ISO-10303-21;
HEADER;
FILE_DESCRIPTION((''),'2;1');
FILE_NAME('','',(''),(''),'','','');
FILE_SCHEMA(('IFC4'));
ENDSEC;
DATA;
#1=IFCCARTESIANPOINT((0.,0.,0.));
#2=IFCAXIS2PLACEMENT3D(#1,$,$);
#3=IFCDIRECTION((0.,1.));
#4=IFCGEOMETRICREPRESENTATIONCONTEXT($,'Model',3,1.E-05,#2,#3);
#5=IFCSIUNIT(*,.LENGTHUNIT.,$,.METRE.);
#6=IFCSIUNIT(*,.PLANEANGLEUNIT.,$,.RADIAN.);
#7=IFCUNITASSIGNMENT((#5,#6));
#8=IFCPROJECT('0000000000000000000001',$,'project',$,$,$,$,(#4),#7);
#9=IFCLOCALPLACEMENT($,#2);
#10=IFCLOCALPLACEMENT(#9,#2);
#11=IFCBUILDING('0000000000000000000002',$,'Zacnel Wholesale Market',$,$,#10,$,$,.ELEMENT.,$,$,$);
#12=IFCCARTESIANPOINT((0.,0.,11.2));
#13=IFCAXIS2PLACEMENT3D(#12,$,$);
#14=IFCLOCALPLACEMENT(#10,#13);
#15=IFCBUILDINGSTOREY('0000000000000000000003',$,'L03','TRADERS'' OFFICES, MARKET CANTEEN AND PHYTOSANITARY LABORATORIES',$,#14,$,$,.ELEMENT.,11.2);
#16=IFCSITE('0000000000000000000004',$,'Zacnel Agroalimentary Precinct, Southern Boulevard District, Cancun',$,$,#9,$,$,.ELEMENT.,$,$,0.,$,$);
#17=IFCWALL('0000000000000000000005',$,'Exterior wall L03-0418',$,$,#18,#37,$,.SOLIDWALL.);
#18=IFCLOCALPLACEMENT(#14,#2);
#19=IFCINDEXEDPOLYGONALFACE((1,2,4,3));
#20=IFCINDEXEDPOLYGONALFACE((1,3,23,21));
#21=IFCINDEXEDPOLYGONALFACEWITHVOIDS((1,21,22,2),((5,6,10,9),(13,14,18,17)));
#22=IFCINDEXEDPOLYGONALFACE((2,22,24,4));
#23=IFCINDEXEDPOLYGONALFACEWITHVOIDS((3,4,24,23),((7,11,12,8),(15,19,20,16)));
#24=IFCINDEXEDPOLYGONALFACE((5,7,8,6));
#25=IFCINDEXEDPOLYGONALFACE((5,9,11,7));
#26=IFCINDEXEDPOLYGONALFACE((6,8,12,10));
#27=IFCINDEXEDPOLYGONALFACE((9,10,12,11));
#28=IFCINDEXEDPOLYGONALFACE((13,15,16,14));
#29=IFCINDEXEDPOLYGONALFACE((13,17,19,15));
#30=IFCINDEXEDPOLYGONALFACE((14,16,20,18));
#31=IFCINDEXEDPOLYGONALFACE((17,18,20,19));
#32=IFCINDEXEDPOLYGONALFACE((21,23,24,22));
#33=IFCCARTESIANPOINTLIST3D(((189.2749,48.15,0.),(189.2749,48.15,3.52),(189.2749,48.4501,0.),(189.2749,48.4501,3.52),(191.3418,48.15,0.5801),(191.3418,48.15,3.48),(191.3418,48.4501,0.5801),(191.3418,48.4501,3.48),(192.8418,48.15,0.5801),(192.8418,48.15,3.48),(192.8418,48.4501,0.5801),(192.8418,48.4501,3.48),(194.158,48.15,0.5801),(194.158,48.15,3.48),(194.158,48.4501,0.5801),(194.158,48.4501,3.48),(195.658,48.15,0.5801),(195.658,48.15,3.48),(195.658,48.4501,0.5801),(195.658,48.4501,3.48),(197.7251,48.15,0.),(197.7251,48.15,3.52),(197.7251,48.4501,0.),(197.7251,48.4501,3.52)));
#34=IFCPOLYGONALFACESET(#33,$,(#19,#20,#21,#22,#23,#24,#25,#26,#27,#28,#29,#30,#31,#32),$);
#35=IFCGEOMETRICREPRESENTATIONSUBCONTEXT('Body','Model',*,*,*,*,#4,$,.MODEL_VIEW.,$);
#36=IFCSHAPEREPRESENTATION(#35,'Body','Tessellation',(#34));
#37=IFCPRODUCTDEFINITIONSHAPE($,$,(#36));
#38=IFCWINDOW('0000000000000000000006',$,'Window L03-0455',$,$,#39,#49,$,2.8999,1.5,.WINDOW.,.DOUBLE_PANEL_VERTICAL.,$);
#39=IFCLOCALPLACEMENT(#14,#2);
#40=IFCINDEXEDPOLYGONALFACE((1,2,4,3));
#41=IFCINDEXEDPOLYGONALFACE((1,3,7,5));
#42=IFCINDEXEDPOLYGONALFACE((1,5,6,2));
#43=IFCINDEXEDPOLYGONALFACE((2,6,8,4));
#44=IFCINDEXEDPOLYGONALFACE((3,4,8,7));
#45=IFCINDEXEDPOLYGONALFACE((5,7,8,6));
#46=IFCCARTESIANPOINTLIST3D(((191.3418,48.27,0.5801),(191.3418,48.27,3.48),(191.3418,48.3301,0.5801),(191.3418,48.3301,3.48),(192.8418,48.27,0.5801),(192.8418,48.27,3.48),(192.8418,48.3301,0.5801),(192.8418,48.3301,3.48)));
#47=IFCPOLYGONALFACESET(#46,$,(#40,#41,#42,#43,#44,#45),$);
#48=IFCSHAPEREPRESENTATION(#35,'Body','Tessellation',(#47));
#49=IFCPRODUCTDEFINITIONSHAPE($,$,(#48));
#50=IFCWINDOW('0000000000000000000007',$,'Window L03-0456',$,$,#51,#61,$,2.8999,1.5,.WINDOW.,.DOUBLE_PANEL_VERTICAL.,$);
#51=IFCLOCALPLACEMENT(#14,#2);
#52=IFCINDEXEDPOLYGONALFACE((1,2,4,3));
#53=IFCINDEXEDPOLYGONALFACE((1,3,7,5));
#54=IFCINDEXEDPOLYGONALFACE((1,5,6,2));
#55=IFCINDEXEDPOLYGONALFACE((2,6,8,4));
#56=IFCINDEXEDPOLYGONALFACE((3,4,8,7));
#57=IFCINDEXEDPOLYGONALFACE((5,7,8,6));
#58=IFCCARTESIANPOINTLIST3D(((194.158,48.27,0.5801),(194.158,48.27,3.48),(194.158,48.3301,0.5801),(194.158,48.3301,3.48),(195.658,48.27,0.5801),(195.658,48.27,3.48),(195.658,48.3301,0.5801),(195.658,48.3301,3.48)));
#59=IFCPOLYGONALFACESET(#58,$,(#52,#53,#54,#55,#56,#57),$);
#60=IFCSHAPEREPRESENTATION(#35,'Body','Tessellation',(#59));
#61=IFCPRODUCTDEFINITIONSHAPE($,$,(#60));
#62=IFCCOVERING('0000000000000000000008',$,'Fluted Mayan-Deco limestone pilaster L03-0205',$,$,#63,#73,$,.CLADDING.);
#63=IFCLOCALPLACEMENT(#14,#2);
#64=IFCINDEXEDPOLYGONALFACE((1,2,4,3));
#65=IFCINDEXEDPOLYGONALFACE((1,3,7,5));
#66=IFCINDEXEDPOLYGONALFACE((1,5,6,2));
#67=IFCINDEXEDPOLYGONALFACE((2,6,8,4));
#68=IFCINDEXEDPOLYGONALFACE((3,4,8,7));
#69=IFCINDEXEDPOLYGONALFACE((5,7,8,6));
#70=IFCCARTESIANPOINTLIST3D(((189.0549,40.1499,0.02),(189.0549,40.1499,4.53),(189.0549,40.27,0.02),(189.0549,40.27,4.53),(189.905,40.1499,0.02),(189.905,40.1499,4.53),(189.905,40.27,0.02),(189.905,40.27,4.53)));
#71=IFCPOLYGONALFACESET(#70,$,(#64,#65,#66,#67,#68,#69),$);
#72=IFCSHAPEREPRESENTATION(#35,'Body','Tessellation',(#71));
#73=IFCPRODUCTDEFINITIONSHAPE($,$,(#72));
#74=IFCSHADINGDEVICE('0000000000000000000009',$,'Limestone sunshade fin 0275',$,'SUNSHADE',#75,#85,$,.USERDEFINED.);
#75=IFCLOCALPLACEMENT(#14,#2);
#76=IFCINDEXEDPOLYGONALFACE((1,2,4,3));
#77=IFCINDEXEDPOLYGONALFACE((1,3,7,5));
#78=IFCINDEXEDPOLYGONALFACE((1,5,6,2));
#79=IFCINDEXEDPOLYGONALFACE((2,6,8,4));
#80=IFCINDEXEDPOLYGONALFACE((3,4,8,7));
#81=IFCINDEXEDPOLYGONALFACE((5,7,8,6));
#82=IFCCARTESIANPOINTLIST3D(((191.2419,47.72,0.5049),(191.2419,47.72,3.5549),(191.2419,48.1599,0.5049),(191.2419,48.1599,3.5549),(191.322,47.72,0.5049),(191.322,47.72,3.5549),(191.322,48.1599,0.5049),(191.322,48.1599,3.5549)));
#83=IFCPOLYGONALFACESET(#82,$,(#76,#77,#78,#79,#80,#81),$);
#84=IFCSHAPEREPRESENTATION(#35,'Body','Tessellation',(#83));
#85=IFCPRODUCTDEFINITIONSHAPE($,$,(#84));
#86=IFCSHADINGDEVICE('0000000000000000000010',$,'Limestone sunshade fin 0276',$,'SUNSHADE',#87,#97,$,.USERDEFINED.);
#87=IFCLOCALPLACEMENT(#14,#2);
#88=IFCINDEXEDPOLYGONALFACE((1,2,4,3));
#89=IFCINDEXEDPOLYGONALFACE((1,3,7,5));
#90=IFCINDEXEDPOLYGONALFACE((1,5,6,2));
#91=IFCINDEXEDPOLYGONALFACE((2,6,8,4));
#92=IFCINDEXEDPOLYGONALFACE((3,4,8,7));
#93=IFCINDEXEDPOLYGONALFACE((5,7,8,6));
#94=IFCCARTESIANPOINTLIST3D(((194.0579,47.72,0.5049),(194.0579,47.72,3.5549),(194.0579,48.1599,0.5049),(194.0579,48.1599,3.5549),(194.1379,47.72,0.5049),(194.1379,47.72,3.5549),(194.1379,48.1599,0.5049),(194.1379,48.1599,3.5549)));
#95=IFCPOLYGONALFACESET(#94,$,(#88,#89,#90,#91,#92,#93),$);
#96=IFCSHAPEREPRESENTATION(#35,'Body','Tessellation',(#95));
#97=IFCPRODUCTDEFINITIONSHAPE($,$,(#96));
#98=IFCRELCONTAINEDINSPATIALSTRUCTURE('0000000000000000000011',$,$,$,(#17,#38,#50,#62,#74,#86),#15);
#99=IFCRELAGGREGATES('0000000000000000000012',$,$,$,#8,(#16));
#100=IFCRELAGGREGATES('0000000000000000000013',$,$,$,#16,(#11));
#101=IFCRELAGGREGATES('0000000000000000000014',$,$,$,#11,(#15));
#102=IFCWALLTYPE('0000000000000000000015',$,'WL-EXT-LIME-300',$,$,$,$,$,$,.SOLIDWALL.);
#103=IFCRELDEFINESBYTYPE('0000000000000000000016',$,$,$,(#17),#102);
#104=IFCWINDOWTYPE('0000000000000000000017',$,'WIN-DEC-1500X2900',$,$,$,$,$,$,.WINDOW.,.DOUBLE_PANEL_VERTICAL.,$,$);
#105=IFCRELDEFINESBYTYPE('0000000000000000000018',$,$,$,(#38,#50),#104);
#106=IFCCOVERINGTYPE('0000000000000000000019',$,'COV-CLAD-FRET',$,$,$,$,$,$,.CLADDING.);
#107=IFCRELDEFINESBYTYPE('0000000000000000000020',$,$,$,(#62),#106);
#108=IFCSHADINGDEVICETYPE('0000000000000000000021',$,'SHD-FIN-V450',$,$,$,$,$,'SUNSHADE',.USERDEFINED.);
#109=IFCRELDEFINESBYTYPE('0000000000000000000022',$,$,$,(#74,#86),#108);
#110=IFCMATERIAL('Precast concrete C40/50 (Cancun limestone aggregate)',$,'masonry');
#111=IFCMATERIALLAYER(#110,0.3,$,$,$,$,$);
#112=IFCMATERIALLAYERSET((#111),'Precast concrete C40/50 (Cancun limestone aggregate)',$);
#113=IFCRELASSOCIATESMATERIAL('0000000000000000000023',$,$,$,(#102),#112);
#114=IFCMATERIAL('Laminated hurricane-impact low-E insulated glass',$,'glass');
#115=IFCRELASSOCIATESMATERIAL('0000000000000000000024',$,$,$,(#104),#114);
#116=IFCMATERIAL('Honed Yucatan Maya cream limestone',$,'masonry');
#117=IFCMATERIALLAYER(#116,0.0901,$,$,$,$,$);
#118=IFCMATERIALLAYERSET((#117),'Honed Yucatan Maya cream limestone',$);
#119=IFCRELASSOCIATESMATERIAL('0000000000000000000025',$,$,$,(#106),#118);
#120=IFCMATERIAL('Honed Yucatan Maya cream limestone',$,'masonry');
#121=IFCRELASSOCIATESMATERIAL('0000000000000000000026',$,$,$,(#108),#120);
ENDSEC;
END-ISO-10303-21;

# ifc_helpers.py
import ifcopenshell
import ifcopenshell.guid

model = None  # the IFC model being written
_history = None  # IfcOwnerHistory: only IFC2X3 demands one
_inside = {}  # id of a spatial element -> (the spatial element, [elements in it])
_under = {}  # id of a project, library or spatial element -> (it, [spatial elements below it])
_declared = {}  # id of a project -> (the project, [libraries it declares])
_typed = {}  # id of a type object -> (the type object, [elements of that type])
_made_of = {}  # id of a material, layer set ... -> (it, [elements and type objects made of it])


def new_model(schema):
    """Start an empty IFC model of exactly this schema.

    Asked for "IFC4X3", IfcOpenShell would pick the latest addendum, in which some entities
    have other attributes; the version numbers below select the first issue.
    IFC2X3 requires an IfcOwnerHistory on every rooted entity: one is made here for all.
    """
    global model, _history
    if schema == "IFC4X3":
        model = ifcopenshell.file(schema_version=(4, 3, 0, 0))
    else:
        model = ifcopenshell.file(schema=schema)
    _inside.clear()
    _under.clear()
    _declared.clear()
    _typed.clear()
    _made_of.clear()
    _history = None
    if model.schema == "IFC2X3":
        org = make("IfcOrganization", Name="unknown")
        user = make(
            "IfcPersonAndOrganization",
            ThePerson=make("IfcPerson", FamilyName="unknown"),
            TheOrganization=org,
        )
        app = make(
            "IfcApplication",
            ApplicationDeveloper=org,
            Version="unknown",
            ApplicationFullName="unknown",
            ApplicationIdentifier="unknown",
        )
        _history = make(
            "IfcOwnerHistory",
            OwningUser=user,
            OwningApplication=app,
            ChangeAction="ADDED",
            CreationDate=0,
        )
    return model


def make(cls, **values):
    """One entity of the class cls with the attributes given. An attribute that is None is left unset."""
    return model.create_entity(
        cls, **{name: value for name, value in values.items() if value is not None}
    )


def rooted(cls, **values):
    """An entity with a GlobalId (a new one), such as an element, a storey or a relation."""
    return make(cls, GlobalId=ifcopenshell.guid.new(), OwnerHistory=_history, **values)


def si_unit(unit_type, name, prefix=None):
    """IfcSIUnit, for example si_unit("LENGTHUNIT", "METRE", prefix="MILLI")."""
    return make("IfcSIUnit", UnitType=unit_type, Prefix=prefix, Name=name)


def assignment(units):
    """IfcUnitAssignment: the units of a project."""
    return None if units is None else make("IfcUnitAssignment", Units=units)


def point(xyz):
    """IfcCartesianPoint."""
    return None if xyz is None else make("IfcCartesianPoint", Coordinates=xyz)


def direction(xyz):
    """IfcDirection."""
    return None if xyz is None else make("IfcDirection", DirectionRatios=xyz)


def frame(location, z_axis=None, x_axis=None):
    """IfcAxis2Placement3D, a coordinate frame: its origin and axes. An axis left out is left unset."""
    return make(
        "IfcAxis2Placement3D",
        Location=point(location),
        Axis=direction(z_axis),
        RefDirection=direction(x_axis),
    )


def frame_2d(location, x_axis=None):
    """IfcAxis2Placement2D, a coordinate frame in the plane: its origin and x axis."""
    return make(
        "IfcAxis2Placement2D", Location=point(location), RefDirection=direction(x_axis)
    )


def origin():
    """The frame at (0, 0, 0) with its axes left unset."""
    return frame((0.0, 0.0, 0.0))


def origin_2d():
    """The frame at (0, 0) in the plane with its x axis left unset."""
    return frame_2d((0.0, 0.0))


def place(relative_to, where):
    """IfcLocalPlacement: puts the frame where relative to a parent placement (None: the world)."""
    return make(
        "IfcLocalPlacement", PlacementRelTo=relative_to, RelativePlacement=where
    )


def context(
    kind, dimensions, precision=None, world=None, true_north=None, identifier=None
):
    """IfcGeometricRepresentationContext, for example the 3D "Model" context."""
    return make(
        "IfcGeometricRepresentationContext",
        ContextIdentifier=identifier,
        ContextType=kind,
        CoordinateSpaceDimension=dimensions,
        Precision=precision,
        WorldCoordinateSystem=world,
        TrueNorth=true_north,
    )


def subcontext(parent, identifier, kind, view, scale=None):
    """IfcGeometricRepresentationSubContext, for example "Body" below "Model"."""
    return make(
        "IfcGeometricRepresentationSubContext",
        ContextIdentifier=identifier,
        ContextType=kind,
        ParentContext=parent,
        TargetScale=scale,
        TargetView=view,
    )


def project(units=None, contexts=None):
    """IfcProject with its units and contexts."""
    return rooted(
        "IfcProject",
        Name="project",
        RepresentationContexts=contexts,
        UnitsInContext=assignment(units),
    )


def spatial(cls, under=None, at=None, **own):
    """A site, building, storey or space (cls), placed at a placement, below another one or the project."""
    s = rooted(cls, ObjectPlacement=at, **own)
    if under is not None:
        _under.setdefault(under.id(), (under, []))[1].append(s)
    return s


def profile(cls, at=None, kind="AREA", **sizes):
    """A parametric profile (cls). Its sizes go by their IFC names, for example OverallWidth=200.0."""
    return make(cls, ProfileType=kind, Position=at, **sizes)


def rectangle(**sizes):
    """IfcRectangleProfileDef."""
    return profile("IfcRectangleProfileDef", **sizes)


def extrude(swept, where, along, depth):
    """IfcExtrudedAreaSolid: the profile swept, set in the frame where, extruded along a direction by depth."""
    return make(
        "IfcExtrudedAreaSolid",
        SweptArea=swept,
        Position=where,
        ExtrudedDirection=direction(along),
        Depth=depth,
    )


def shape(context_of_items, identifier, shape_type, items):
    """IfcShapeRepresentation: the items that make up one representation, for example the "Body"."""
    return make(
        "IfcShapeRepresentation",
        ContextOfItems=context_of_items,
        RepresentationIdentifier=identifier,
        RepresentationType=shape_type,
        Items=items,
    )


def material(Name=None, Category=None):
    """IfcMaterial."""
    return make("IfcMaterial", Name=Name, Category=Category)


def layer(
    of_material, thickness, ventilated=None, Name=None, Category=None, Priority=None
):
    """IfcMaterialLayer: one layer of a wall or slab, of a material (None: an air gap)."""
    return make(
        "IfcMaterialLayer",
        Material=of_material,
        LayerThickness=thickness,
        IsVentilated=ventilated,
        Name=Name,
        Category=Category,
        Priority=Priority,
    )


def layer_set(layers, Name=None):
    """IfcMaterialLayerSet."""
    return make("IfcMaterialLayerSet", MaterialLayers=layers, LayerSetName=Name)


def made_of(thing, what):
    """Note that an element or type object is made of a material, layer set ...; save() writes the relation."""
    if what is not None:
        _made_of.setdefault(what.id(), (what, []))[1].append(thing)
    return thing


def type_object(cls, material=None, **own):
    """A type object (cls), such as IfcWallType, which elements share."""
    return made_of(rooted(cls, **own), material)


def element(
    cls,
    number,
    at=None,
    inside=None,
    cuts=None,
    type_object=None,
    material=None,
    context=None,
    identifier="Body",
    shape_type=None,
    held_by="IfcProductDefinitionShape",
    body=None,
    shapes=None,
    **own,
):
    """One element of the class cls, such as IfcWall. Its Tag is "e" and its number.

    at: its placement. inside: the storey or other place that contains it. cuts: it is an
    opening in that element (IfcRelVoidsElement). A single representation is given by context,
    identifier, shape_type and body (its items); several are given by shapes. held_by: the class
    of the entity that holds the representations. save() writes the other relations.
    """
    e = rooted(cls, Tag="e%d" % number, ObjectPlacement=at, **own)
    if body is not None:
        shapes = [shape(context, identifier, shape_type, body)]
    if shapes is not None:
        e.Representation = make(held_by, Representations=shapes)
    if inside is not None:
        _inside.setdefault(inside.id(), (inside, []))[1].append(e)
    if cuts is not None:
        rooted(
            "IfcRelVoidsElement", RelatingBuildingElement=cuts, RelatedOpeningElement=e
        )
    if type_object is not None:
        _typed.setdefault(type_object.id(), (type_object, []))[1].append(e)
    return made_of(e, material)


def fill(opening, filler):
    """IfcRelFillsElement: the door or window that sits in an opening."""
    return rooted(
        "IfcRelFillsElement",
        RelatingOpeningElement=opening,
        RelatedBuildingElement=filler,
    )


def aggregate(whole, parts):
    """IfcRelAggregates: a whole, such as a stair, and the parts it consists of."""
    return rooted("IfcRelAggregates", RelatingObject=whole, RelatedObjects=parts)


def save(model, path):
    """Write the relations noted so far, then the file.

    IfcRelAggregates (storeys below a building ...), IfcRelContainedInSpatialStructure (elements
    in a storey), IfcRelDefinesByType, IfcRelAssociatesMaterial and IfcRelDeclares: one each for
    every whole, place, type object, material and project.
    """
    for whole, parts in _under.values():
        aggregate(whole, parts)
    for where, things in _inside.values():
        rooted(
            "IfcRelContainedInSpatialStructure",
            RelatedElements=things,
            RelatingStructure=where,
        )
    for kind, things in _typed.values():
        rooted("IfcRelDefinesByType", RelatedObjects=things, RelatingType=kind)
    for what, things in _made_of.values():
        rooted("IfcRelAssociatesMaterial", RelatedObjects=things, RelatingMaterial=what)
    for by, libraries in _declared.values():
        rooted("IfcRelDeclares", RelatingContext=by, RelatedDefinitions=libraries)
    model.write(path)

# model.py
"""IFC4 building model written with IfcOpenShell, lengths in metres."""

from ifc_helpers import new_model, si_unit, direction, frame, frame_2d, origin, origin_2d, place, context, subcontext, project, spatial, rectangle, extrude, material, layer, layer_set, type_object, element, fill, save


model = new_model("IFC4")

# Units and contexts
model_context = context("Model", 3, precision=1e-05, world=origin(), true_north=direction((0.0, 1.0)))
body_context = subcontext(model_context, "Body", "Model", "MODEL_VIEW")
ifc_project = project(units=[si_unit("LENGTHUNIT", "METRE"), si_unit("PLANEANGLEUNIT", "RADIAN")], contexts=[model_context])

# Site, building, storey
site_placement = place(None, origin())
site = spatial("IfcSite", under=ifc_project, at=site_placement, Name="Zacnel Agroalimentary Precinct, Southern Boulevard District, Cancun", CompositionType="ELEMENT", RefElevation=0.0)
building_placement = place(site_placement, origin())
building = spatial("IfcBuilding", under=site, at=building_placement, Name="Zacnel Wholesale Market", CompositionType="ELEMENT")
storey_placement = place(building_placement, frame((0.0, 0.0, 11.2)))
storey = spatial("IfcBuildingStorey", under=building, at=storey_placement, Name="L03", Description="TRADERS' OFFICES, MARKET CANTEEN AND PHYTOSANITARY LABORATORIES", CompositionType="ELEMENT", Elevation=11.2)

# Shared definitions
ifc_material_1 = material(Name="Precast concrete C40/50 (Cancun limestone aggregate)", Category="masonry")
ifc_layer_1 = layer(ifc_material_1, 0.3)
ifc_layer_set_1 = layer_set([ifc_layer_1], Name="Precast concrete C40/50 (Cancun limestone aggregate)")
wall_type = type_object("IfcWallType", Name="WL-EXT-LIME-300", PredefinedType="SOLIDWALL", material=ifc_layer_set_1)

# Wall, openings, windows
wall_1_placement = place(storey_placement, frame((189.2749, 48.3, 0.0), z_axis=(0.0, 0.0, 1.0), x_axis=(1.0, 0.0, 0.0)))
wall_1 = element("IfcWall", 1, at=wall_1_placement, inside=storey, type_object=wall_type, Name="Exterior wall L03-0418", PredefinedType="SOLIDWALL", context=body_context, shape_type="SweptSolid", body=[
    extrude(rectangle(XDim=8.4502, YDim=0.3, at=frame_2d((4.2251, 0.0))), origin(), (0.0, 0.0, 1.0), 3.52),
])
opening_1_placement = place(wall_1_placement, frame((2.0669, 0.0, 0.5801)))
opening_1 = element("IfcOpeningElement", 2, at=opening_1_placement, cuts=wall_1, PredefinedType="OPENING", context=body_context, shape_type="SweptSolid", body=[
    extrude(rectangle(XDim=1.5, YDim=2.8999, at=frame_2d((0.75, 1.45))), frame((0.0, 0.1599, 0.0), z_axis=(0.0, -1.0, 0.0), x_axis=(1.0, 0.0, 0.0)), (0.0, 0.0, 1.0), 0.3201),
])
opening_2_placement = place(wall_1_placement, frame((4.8831, 0.0, 0.5801)))
opening_2 = element("IfcOpeningElement", 3, at=opening_2_placement, cuts=wall_1, PredefinedType="OPENING", context=body_context, shape_type="SweptSolid", body=[
    extrude(rectangle(XDim=1.5, YDim=2.8999, at=frame_2d((0.75, 1.45))), frame((0.0, 0.1599, 0.0), z_axis=(0.0, -1.0, 0.0), x_axis=(1.0, 0.0, 0.0)), (0.0, 0.0, 1.0), 0.3201),
])
ifc_material_2 = material(Name="Laminated hurricane-impact low-E insulated glass", Category="glass")
window_type = type_object("IfcWindowType", Name="WIN-DEC-1500X2900", PartitioningType="DOUBLE_PANEL_VERTICAL", PredefinedType="WINDOW", material=ifc_material_2)
window_1_placement = place(opening_1_placement, origin())
window_1 = element("IfcWindow", 4, at=window_1_placement, inside=storey, type_object=window_type, Name="Window L03-0455", OverallHeight=2.8999, OverallWidth=1.5, PartitioningType="DOUBLE_PANEL_VERTICAL", PredefinedType="WINDOW", context=body_context, shape_type="SweptSolid", body=[
    extrude(rectangle(XDim=1.5, YDim=2.8999, at=frame_2d((0.75, 1.45))), frame((0.0, 0.03, 0.0), z_axis=(0.0, -1.0, 0.0), x_axis=(1.0, 0.0, 0.0)), (0.0, 0.0, 1.0), 0.0601),
])
fill(opening_1, window_1)
window_2_placement = place(opening_2_placement, origin())
window_2 = element("IfcWindow", 5, at=window_2_placement, inside=storey, type_object=window_type, Name="Window L03-0456", OverallHeight=2.8999, OverallWidth=1.5, PartitioningType="DOUBLE_PANEL_VERTICAL", PredefinedType="WINDOW", context=body_context, shape_type="SweptSolid", body=[
    extrude(rectangle(XDim=1.5, YDim=2.8999, at=frame_2d((0.75, 1.45))), frame((0.0, 0.03, 0.0), z_axis=(0.0, -1.0, 0.0), x_axis=(1.0, 0.0, 0.0)), (0.0, 0.0, 1.0), 0.0601),
])
fill(opening_2, window_2)

# Covering
ifc_material_3 = material(Name="Honed Yucatan Maya cream limestone", Category="masonry")
ifc_layer_2 = layer(ifc_material_3, 0.0901)
ifc_layer_set_2 = layer_set([ifc_layer_2], Name="Honed Yucatan Maya cream limestone")
covering_type = type_object("IfcCoveringType", Name="COV-CLAD-FRET", PredefinedType="CLADDING", material=ifc_layer_set_2)
covering_placement = place(storey_placement, frame((189.48, 40.21, 0.02), z_axis=(0.0, 0.0, 1.0), x_axis=(1.0, 0.0, 0.0)))
element("IfcCovering", 6, at=covering_placement, inside=storey, type_object=covering_type, Name="Fluted Mayan-Deco limestone pilaster L03-0205", PredefinedType="CLADDING", context=body_context, shape_type="SweptSolid", body=[
    extrude(rectangle(XDim=0.8501, YDim=0.1201, at=origin_2d()), origin(), (0.0, 0.0, 1.0), 4.51),
])

# Shading devices
ifc_material_4 = material(Name="Honed Yucatan Maya cream limestone", Category="masonry")
shading_device_type = type_object("IfcShadingDeviceType", Name="SHD-FIN-V450", ElementType="SUNSHADE", PredefinedType="USERDEFINED", material=ifc_material_4)
for number, where, z_axis, x_axis, name in (
    (7, (191.282, 47.9399, 0.5049), (0.0, 0.0, 1.0), (1.0, 0.0, 0.0), "Limestone sunshade fin 0275"),
    (8, (194.0979, 47.9399, 0.5049), (0.0, 0.0, 1.0), (1.0, 0.0, 0.0), "Limestone sunshade fin 0276"),
):
    element("IfcShadingDevice", number, at=place(storey_placement, frame(where, z_axis=z_axis, x_axis=x_axis)), inside=storey, type_object=shading_device_type, Name=name, ObjectType="SUNSHADE", PredefinedType="USERDEFINED", context=body_context, shape_type="SweptSolid", body=[
        extrude(rectangle(XDim=0.0801, YDim=0.4399, at=origin_2d()), origin(), (0.0, 0.0, 1.0), 3.05),
    ])

save(model, "model.ifc")
